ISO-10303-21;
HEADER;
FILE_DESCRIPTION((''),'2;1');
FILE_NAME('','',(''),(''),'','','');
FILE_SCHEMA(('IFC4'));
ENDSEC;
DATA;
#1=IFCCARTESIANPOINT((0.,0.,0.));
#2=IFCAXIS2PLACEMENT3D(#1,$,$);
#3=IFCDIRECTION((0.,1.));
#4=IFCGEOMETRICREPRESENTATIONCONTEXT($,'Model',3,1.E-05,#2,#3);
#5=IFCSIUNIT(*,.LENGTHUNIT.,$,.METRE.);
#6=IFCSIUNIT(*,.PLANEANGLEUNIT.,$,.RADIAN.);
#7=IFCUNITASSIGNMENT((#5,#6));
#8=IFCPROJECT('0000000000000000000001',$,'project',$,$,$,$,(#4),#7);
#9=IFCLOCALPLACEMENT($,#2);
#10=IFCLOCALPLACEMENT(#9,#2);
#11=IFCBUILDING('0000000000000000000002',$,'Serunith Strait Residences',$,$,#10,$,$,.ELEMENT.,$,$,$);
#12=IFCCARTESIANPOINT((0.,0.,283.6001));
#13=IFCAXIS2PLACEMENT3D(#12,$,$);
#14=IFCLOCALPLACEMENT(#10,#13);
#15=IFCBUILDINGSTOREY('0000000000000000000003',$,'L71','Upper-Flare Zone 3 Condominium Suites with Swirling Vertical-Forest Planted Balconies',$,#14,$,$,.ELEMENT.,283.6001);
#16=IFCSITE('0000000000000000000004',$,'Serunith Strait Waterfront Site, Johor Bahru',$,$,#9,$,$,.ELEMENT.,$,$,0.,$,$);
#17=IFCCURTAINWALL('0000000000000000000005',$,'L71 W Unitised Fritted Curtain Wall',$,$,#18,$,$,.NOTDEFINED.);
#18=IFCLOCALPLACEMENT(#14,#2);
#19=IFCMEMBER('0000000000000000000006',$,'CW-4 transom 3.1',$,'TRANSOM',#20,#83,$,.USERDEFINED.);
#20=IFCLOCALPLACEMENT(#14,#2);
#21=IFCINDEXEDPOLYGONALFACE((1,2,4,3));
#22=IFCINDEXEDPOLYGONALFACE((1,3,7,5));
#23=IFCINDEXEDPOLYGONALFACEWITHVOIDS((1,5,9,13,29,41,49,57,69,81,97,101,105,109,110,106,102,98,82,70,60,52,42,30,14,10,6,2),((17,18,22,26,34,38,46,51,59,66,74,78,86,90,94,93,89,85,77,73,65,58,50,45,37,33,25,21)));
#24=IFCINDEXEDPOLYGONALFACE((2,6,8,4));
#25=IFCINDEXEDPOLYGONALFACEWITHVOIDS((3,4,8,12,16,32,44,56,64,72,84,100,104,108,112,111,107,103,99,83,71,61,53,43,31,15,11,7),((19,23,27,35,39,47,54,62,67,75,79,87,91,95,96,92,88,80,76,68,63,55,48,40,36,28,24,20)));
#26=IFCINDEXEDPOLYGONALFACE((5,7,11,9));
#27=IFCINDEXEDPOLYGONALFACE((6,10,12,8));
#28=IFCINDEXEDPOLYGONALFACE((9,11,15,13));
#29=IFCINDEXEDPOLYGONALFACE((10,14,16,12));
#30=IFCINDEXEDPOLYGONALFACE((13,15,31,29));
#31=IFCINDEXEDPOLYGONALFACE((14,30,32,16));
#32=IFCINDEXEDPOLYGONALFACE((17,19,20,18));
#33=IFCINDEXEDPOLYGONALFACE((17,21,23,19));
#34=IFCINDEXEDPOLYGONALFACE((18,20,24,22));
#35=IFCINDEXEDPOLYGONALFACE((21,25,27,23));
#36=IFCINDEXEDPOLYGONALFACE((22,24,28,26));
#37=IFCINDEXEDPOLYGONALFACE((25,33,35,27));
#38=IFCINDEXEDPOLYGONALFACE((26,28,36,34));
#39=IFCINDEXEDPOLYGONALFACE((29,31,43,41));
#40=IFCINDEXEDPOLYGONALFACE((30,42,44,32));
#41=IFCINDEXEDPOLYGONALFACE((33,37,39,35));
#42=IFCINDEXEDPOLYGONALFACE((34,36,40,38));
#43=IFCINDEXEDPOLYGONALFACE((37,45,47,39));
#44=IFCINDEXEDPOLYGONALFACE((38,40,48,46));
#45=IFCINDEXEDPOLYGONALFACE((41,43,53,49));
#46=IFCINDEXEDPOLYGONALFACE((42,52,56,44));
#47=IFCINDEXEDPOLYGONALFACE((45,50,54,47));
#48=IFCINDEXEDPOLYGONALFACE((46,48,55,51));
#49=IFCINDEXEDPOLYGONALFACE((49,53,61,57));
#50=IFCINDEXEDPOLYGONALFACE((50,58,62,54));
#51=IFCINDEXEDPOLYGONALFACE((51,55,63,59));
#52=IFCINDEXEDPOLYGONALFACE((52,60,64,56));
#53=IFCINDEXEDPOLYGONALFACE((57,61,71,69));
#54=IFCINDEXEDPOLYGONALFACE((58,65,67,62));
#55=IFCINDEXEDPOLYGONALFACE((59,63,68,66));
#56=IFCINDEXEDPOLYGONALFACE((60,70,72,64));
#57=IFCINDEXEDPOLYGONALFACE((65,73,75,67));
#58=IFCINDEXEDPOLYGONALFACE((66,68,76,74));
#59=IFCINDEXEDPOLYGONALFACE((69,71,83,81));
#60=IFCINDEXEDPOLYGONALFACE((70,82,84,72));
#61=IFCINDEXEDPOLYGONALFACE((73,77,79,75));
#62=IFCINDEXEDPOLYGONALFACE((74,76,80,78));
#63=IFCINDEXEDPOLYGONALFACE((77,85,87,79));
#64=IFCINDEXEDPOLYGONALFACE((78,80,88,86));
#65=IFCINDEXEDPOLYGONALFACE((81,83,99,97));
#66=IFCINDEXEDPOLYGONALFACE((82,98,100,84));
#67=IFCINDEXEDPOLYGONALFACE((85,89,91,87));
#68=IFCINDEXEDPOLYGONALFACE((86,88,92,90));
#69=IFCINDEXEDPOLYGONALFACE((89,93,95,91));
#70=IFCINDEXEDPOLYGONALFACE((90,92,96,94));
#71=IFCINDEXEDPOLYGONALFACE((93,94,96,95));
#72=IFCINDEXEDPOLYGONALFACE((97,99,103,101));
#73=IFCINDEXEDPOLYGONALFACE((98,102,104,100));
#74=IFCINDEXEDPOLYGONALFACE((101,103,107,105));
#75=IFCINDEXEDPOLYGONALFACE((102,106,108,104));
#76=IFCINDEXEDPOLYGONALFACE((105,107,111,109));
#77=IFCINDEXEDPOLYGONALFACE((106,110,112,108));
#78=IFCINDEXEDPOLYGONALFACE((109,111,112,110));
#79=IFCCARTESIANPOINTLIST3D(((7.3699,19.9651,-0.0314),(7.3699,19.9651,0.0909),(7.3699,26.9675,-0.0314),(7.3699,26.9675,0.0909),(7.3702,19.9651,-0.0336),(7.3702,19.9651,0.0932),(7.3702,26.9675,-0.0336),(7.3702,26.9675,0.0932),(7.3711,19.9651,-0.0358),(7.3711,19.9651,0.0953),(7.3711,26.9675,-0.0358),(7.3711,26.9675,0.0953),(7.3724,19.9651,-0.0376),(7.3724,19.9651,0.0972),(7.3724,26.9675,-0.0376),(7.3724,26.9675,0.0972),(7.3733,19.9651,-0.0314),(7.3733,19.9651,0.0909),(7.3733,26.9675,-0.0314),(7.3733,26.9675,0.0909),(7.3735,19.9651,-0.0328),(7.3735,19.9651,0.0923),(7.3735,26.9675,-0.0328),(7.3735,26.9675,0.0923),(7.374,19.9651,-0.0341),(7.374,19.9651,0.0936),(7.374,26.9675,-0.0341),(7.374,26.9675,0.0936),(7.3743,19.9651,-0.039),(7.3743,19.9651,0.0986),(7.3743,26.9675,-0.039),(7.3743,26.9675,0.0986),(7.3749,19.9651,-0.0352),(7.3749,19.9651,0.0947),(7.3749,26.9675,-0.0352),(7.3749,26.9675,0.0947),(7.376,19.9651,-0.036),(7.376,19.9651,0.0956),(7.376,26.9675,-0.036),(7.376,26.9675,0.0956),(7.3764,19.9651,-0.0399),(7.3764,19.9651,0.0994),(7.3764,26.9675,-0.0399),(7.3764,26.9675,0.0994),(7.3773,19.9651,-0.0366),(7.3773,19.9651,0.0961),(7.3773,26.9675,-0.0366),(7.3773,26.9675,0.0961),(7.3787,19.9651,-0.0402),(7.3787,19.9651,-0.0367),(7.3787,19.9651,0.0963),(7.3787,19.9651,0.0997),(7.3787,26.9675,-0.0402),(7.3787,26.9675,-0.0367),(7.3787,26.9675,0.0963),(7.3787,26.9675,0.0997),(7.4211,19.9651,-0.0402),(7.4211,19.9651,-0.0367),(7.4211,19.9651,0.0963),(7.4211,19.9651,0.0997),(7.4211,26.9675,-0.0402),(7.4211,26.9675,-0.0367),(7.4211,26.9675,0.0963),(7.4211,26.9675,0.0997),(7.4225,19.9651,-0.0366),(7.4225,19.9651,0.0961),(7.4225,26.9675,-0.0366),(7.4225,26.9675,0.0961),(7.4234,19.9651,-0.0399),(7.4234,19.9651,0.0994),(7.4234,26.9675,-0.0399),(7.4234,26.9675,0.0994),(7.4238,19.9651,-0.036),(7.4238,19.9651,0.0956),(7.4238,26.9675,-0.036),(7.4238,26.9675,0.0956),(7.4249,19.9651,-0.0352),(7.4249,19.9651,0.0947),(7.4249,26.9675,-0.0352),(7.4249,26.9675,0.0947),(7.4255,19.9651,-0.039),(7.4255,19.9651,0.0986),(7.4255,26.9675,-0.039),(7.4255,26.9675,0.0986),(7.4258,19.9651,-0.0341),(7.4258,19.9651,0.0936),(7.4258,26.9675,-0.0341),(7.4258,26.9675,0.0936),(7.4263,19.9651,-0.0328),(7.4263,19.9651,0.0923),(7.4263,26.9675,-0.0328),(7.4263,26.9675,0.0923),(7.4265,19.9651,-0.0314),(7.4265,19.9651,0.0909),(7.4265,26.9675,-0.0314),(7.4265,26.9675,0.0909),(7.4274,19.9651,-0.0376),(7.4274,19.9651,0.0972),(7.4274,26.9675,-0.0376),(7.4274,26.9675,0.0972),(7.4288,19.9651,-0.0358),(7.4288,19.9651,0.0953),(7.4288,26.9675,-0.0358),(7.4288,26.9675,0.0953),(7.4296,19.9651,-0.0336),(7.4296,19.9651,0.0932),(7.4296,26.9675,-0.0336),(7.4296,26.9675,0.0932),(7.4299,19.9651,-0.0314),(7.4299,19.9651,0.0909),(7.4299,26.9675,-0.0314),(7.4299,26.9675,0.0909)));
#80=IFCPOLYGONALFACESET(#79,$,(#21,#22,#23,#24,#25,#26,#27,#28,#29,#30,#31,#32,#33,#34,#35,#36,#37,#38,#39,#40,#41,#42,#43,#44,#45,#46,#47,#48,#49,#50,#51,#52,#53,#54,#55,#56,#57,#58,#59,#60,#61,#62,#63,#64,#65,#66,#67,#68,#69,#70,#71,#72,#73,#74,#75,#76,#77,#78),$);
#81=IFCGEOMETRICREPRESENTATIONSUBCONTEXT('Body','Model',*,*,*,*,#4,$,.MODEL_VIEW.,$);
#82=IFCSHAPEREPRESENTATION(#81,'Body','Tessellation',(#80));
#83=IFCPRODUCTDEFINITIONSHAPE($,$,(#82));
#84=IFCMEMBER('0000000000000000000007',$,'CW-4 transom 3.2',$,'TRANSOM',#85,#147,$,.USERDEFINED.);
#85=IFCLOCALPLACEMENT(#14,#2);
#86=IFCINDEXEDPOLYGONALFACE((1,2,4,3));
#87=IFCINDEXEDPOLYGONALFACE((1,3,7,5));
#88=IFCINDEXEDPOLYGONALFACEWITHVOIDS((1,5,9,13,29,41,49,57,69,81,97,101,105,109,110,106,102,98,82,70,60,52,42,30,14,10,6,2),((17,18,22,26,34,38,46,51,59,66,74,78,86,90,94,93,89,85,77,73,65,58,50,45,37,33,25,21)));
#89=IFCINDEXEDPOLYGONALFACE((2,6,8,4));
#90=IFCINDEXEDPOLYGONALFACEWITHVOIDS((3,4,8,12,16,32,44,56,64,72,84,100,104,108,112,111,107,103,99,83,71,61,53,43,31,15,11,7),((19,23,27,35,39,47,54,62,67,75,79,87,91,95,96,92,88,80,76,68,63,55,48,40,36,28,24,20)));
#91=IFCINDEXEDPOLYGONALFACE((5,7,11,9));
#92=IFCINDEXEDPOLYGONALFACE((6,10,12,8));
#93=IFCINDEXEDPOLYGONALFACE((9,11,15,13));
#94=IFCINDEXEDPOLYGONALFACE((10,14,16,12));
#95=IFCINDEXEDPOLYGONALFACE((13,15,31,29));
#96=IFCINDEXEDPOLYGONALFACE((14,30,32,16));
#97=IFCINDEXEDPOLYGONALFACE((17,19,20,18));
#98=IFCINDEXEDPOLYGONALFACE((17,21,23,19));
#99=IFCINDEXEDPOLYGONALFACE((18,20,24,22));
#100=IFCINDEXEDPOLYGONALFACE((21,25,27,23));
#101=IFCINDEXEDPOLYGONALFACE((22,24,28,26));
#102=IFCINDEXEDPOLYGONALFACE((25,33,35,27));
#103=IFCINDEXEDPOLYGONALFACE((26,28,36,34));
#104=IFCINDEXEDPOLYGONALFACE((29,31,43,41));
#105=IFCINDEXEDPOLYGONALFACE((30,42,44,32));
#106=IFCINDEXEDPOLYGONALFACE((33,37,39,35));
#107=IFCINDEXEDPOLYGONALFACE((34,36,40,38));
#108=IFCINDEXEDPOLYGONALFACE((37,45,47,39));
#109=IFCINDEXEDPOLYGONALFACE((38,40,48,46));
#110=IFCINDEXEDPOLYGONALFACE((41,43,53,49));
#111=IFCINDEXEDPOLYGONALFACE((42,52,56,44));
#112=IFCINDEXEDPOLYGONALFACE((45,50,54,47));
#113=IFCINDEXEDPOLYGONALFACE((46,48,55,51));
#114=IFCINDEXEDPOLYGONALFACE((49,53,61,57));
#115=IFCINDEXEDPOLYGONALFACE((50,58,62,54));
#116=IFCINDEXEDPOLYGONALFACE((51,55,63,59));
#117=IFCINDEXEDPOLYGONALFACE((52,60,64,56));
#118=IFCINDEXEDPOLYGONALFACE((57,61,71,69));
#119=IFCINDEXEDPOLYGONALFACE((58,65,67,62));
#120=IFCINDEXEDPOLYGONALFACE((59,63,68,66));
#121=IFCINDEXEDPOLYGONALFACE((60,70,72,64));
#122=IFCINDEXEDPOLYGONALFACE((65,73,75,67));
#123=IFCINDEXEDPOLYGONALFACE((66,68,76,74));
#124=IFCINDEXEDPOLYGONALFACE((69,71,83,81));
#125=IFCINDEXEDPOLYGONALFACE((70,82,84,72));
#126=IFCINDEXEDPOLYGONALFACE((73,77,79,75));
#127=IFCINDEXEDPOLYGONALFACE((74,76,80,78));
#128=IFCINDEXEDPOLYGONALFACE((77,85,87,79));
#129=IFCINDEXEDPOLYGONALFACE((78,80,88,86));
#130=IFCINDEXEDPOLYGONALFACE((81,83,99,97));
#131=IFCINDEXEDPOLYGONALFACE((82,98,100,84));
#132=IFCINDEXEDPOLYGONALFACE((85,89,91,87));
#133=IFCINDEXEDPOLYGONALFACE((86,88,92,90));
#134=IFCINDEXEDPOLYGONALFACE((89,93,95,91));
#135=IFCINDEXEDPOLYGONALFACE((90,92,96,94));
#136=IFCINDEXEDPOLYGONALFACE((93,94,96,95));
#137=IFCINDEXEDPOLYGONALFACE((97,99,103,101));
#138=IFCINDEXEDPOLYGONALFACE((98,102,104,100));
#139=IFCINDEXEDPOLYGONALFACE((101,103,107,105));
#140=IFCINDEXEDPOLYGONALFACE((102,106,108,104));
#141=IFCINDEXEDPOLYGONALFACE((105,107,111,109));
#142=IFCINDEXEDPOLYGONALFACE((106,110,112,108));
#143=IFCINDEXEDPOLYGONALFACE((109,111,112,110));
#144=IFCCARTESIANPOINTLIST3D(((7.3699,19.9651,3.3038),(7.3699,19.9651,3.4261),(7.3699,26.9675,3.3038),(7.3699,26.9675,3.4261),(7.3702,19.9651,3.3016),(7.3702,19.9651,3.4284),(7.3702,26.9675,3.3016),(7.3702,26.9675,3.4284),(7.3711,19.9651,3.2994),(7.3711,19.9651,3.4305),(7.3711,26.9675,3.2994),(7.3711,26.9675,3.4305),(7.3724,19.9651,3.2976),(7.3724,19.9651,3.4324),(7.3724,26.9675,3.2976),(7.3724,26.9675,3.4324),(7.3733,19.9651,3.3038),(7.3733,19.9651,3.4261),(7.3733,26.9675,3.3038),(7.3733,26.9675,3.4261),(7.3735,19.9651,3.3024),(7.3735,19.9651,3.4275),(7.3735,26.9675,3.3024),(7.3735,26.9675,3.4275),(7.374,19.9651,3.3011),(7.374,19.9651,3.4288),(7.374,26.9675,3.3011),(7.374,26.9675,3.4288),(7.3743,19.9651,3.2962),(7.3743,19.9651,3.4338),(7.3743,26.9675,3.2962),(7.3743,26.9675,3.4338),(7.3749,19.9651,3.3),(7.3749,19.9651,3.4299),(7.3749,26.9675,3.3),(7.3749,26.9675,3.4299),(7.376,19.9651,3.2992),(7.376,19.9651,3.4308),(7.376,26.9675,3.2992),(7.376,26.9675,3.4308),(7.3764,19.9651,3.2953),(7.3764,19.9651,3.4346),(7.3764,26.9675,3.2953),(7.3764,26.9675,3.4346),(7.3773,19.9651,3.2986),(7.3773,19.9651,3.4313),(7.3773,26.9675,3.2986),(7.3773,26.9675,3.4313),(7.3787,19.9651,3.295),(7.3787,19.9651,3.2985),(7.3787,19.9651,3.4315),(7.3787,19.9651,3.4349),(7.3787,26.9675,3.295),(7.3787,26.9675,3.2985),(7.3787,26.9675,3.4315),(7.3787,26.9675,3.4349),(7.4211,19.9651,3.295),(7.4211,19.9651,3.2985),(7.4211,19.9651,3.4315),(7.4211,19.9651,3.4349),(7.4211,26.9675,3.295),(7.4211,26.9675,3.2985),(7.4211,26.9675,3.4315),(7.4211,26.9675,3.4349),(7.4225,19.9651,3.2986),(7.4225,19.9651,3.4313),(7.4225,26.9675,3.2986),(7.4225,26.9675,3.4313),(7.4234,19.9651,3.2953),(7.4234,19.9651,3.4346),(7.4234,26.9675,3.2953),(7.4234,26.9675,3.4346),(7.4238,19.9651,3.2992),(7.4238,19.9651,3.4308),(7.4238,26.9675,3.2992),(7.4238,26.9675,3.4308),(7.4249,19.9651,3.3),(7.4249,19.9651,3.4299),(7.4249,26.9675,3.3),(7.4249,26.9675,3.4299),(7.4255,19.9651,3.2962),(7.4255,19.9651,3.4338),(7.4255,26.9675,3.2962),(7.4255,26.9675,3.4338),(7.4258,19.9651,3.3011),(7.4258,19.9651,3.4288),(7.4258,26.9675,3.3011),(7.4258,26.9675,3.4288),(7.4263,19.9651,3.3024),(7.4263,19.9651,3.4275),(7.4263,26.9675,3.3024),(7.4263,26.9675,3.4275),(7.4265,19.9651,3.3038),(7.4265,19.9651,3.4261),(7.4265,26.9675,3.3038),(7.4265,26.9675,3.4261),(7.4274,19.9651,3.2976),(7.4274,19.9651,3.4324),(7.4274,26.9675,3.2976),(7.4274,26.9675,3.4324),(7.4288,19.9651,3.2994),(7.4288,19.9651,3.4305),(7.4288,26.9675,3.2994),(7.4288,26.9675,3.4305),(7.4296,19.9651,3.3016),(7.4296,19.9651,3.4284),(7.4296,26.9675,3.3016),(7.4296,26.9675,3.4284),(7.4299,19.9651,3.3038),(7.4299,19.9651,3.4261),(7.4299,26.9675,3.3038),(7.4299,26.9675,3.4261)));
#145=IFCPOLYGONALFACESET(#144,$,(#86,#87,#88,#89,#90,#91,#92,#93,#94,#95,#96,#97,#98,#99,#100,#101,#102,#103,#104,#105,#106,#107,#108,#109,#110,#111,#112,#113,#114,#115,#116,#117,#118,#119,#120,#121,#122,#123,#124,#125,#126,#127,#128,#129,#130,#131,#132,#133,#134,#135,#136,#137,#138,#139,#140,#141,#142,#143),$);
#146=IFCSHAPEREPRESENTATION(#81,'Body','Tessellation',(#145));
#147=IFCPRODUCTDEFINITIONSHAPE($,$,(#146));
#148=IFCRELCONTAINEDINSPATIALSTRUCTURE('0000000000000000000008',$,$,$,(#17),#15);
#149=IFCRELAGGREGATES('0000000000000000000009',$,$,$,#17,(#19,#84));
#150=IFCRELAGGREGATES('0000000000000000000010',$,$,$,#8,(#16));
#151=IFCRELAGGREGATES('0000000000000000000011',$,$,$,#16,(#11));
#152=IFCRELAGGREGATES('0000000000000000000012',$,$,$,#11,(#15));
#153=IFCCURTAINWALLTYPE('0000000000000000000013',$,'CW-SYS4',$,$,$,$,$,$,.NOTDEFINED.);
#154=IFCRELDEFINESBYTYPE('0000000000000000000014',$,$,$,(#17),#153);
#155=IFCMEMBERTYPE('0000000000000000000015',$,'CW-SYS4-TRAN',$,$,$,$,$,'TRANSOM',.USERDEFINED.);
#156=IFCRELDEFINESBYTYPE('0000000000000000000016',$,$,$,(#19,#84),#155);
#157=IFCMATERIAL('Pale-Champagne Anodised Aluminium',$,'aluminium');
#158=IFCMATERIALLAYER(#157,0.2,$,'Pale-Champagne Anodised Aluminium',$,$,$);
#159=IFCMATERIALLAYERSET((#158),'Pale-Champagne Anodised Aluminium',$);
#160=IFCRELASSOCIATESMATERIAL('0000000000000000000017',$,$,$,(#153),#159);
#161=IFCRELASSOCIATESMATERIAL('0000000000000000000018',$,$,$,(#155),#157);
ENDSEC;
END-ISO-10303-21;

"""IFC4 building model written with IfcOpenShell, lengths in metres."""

from ifc_helpers import new_model, si_unit, direction, frame, origin, origin_2d, place, context, subcontext, project, spatial, hollow_rectangle, extrude, source, transform, mapped, material, layer, layer_set, material_profile, profile_set, type_object, element, aggregate, save


model = new_model("IFC4")

# Units and contexts
model_context = context("Model", 3, precision=1e-05, world=origin(), true_north=direction((0.0, 1.0)))
body_context = subcontext(model_context, "Body", "Model", "MODEL_VIEW")
ifc_project = project(units=[si_unit("LENGTHUNIT", "METRE"), si_unit("PLANEANGLEUNIT", "RADIAN")], contexts=[model_context])

# Site, building, storey
site_placement = place(None, origin())
site = spatial("IfcSite", under=ifc_project, at=site_placement, Name="Serunith Strait Waterfront Site, Johor Bahru", CompositionType="ELEMENT", RefElevation=0.0)
building_placement = place(site_placement, origin())
building = spatial("IfcBuilding", under=site, at=building_placement, Name="Serunith Strait Residences", CompositionType="ELEMENT")
storey_placement = place(building_placement, frame((0.0, 0.0, 283.6001)))
storey = spatial("IfcBuildingStorey", under=building, at=storey_placement, Name="L71", Description="Upper-Flare Zone 3 Condominium Suites with Swirling Vertical-Forest Planted Balconies", CompositionType="ELEMENT", Elevation=283.6001)

# Curtain wall, members
ifc_material_1 = material(Name="Pale-Champagne Anodised Aluminium", Category="aluminium")
ifc_layer_1 = layer(ifc_material_1, 0.2, Name="Pale-Champagne Anodised Aluminium")
ifc_layer_set_1 = layer_set([ifc_layer_1], Name="Pale-Champagne Anodised Aluminium")
curtain_wall_type = type_object("IfcCurtainWallType", Name="CW-SYS4", PredefinedType="NOTDEFINED", material=ifc_layer_set_1)
curtain_wall_placement = place(storey_placement, origin())
curtain_wall = element("IfcCurtainWall", 1, at=curtain_wall_placement, inside=storey, type_object=curtain_wall_type, Name="L71 W Unitised Fritted Curtain Wall", PredefinedType="NOTDEFINED")
ifc_material_profile_1 = material_profile(ifc_material_1, hollow_rectangle(XDim=0.0601, YDim=0.1399, WallThickness=0.0034, InnerFilletRadius=0.0054, OuterFilletRadius=0.0088, at=origin_2d()), Name="ALU 140x60x3.5")
ifc_profile_set_1 = profile_set([ifc_material_profile_1], Name="Pale-Champagne Anodised Aluminium")
member_type_1 = type_object("IfcMemberType", Name="CW-SYS4-TRAN", ElementType="TRANSOM", PredefinedType="USERDEFINED", material=ifc_profile_set_1)
shared_shape_1 = source(origin(), body_context, "Body", "SweptSolid", [
    extrude(hollow_rectangle(XDim=0.0601, YDim=0.1399, WallThickness=0.0034, InnerFilletRadius=0.0054, OuterFilletRadius=0.0088, at=origin_2d()), origin(), (0.0, 0.0, 1.0), 7.0024),
])
member_1_placement = place(storey_placement, frame((7.3999, 26.9675, 0.0298), z_axis=(0.0, -1.0, 0.0), x_axis=(1.0, 0.0, 0.0)))
member_1 = element("IfcMember", 2, at=member_1_placement, type_object=member_type_1, Name="CW-4 transom 3.1", ObjectType="TRANSOM", PredefinedType="USERDEFINED", context=body_context, shape_type="MappedRepresentation", body=[
    mapped(shared_shape_1, transform((0.0, 0.0, 0.0), scale=1.0)),
])
member_2_placement = place(storey_placement, frame((7.3999, 26.9675, 3.365), z_axis=(0.0, -1.0, 0.0), x_axis=(1.0, 0.0, 0.0)))
member_2 = element("IfcMember", 3, at=member_2_placement, type_object=member_type_1, Name="CW-4 transom 3.2", ObjectType="TRANSOM", PredefinedType="USERDEFINED", context=body_context, shape_type="MappedRepresentation", body=[
    mapped(shared_shape_1, transform((0.0, 0.0, 0.0), scale=1.0)),
])
aggregate(curtain_wall, [member_1, member_2])

save(model, "model.ifc")
